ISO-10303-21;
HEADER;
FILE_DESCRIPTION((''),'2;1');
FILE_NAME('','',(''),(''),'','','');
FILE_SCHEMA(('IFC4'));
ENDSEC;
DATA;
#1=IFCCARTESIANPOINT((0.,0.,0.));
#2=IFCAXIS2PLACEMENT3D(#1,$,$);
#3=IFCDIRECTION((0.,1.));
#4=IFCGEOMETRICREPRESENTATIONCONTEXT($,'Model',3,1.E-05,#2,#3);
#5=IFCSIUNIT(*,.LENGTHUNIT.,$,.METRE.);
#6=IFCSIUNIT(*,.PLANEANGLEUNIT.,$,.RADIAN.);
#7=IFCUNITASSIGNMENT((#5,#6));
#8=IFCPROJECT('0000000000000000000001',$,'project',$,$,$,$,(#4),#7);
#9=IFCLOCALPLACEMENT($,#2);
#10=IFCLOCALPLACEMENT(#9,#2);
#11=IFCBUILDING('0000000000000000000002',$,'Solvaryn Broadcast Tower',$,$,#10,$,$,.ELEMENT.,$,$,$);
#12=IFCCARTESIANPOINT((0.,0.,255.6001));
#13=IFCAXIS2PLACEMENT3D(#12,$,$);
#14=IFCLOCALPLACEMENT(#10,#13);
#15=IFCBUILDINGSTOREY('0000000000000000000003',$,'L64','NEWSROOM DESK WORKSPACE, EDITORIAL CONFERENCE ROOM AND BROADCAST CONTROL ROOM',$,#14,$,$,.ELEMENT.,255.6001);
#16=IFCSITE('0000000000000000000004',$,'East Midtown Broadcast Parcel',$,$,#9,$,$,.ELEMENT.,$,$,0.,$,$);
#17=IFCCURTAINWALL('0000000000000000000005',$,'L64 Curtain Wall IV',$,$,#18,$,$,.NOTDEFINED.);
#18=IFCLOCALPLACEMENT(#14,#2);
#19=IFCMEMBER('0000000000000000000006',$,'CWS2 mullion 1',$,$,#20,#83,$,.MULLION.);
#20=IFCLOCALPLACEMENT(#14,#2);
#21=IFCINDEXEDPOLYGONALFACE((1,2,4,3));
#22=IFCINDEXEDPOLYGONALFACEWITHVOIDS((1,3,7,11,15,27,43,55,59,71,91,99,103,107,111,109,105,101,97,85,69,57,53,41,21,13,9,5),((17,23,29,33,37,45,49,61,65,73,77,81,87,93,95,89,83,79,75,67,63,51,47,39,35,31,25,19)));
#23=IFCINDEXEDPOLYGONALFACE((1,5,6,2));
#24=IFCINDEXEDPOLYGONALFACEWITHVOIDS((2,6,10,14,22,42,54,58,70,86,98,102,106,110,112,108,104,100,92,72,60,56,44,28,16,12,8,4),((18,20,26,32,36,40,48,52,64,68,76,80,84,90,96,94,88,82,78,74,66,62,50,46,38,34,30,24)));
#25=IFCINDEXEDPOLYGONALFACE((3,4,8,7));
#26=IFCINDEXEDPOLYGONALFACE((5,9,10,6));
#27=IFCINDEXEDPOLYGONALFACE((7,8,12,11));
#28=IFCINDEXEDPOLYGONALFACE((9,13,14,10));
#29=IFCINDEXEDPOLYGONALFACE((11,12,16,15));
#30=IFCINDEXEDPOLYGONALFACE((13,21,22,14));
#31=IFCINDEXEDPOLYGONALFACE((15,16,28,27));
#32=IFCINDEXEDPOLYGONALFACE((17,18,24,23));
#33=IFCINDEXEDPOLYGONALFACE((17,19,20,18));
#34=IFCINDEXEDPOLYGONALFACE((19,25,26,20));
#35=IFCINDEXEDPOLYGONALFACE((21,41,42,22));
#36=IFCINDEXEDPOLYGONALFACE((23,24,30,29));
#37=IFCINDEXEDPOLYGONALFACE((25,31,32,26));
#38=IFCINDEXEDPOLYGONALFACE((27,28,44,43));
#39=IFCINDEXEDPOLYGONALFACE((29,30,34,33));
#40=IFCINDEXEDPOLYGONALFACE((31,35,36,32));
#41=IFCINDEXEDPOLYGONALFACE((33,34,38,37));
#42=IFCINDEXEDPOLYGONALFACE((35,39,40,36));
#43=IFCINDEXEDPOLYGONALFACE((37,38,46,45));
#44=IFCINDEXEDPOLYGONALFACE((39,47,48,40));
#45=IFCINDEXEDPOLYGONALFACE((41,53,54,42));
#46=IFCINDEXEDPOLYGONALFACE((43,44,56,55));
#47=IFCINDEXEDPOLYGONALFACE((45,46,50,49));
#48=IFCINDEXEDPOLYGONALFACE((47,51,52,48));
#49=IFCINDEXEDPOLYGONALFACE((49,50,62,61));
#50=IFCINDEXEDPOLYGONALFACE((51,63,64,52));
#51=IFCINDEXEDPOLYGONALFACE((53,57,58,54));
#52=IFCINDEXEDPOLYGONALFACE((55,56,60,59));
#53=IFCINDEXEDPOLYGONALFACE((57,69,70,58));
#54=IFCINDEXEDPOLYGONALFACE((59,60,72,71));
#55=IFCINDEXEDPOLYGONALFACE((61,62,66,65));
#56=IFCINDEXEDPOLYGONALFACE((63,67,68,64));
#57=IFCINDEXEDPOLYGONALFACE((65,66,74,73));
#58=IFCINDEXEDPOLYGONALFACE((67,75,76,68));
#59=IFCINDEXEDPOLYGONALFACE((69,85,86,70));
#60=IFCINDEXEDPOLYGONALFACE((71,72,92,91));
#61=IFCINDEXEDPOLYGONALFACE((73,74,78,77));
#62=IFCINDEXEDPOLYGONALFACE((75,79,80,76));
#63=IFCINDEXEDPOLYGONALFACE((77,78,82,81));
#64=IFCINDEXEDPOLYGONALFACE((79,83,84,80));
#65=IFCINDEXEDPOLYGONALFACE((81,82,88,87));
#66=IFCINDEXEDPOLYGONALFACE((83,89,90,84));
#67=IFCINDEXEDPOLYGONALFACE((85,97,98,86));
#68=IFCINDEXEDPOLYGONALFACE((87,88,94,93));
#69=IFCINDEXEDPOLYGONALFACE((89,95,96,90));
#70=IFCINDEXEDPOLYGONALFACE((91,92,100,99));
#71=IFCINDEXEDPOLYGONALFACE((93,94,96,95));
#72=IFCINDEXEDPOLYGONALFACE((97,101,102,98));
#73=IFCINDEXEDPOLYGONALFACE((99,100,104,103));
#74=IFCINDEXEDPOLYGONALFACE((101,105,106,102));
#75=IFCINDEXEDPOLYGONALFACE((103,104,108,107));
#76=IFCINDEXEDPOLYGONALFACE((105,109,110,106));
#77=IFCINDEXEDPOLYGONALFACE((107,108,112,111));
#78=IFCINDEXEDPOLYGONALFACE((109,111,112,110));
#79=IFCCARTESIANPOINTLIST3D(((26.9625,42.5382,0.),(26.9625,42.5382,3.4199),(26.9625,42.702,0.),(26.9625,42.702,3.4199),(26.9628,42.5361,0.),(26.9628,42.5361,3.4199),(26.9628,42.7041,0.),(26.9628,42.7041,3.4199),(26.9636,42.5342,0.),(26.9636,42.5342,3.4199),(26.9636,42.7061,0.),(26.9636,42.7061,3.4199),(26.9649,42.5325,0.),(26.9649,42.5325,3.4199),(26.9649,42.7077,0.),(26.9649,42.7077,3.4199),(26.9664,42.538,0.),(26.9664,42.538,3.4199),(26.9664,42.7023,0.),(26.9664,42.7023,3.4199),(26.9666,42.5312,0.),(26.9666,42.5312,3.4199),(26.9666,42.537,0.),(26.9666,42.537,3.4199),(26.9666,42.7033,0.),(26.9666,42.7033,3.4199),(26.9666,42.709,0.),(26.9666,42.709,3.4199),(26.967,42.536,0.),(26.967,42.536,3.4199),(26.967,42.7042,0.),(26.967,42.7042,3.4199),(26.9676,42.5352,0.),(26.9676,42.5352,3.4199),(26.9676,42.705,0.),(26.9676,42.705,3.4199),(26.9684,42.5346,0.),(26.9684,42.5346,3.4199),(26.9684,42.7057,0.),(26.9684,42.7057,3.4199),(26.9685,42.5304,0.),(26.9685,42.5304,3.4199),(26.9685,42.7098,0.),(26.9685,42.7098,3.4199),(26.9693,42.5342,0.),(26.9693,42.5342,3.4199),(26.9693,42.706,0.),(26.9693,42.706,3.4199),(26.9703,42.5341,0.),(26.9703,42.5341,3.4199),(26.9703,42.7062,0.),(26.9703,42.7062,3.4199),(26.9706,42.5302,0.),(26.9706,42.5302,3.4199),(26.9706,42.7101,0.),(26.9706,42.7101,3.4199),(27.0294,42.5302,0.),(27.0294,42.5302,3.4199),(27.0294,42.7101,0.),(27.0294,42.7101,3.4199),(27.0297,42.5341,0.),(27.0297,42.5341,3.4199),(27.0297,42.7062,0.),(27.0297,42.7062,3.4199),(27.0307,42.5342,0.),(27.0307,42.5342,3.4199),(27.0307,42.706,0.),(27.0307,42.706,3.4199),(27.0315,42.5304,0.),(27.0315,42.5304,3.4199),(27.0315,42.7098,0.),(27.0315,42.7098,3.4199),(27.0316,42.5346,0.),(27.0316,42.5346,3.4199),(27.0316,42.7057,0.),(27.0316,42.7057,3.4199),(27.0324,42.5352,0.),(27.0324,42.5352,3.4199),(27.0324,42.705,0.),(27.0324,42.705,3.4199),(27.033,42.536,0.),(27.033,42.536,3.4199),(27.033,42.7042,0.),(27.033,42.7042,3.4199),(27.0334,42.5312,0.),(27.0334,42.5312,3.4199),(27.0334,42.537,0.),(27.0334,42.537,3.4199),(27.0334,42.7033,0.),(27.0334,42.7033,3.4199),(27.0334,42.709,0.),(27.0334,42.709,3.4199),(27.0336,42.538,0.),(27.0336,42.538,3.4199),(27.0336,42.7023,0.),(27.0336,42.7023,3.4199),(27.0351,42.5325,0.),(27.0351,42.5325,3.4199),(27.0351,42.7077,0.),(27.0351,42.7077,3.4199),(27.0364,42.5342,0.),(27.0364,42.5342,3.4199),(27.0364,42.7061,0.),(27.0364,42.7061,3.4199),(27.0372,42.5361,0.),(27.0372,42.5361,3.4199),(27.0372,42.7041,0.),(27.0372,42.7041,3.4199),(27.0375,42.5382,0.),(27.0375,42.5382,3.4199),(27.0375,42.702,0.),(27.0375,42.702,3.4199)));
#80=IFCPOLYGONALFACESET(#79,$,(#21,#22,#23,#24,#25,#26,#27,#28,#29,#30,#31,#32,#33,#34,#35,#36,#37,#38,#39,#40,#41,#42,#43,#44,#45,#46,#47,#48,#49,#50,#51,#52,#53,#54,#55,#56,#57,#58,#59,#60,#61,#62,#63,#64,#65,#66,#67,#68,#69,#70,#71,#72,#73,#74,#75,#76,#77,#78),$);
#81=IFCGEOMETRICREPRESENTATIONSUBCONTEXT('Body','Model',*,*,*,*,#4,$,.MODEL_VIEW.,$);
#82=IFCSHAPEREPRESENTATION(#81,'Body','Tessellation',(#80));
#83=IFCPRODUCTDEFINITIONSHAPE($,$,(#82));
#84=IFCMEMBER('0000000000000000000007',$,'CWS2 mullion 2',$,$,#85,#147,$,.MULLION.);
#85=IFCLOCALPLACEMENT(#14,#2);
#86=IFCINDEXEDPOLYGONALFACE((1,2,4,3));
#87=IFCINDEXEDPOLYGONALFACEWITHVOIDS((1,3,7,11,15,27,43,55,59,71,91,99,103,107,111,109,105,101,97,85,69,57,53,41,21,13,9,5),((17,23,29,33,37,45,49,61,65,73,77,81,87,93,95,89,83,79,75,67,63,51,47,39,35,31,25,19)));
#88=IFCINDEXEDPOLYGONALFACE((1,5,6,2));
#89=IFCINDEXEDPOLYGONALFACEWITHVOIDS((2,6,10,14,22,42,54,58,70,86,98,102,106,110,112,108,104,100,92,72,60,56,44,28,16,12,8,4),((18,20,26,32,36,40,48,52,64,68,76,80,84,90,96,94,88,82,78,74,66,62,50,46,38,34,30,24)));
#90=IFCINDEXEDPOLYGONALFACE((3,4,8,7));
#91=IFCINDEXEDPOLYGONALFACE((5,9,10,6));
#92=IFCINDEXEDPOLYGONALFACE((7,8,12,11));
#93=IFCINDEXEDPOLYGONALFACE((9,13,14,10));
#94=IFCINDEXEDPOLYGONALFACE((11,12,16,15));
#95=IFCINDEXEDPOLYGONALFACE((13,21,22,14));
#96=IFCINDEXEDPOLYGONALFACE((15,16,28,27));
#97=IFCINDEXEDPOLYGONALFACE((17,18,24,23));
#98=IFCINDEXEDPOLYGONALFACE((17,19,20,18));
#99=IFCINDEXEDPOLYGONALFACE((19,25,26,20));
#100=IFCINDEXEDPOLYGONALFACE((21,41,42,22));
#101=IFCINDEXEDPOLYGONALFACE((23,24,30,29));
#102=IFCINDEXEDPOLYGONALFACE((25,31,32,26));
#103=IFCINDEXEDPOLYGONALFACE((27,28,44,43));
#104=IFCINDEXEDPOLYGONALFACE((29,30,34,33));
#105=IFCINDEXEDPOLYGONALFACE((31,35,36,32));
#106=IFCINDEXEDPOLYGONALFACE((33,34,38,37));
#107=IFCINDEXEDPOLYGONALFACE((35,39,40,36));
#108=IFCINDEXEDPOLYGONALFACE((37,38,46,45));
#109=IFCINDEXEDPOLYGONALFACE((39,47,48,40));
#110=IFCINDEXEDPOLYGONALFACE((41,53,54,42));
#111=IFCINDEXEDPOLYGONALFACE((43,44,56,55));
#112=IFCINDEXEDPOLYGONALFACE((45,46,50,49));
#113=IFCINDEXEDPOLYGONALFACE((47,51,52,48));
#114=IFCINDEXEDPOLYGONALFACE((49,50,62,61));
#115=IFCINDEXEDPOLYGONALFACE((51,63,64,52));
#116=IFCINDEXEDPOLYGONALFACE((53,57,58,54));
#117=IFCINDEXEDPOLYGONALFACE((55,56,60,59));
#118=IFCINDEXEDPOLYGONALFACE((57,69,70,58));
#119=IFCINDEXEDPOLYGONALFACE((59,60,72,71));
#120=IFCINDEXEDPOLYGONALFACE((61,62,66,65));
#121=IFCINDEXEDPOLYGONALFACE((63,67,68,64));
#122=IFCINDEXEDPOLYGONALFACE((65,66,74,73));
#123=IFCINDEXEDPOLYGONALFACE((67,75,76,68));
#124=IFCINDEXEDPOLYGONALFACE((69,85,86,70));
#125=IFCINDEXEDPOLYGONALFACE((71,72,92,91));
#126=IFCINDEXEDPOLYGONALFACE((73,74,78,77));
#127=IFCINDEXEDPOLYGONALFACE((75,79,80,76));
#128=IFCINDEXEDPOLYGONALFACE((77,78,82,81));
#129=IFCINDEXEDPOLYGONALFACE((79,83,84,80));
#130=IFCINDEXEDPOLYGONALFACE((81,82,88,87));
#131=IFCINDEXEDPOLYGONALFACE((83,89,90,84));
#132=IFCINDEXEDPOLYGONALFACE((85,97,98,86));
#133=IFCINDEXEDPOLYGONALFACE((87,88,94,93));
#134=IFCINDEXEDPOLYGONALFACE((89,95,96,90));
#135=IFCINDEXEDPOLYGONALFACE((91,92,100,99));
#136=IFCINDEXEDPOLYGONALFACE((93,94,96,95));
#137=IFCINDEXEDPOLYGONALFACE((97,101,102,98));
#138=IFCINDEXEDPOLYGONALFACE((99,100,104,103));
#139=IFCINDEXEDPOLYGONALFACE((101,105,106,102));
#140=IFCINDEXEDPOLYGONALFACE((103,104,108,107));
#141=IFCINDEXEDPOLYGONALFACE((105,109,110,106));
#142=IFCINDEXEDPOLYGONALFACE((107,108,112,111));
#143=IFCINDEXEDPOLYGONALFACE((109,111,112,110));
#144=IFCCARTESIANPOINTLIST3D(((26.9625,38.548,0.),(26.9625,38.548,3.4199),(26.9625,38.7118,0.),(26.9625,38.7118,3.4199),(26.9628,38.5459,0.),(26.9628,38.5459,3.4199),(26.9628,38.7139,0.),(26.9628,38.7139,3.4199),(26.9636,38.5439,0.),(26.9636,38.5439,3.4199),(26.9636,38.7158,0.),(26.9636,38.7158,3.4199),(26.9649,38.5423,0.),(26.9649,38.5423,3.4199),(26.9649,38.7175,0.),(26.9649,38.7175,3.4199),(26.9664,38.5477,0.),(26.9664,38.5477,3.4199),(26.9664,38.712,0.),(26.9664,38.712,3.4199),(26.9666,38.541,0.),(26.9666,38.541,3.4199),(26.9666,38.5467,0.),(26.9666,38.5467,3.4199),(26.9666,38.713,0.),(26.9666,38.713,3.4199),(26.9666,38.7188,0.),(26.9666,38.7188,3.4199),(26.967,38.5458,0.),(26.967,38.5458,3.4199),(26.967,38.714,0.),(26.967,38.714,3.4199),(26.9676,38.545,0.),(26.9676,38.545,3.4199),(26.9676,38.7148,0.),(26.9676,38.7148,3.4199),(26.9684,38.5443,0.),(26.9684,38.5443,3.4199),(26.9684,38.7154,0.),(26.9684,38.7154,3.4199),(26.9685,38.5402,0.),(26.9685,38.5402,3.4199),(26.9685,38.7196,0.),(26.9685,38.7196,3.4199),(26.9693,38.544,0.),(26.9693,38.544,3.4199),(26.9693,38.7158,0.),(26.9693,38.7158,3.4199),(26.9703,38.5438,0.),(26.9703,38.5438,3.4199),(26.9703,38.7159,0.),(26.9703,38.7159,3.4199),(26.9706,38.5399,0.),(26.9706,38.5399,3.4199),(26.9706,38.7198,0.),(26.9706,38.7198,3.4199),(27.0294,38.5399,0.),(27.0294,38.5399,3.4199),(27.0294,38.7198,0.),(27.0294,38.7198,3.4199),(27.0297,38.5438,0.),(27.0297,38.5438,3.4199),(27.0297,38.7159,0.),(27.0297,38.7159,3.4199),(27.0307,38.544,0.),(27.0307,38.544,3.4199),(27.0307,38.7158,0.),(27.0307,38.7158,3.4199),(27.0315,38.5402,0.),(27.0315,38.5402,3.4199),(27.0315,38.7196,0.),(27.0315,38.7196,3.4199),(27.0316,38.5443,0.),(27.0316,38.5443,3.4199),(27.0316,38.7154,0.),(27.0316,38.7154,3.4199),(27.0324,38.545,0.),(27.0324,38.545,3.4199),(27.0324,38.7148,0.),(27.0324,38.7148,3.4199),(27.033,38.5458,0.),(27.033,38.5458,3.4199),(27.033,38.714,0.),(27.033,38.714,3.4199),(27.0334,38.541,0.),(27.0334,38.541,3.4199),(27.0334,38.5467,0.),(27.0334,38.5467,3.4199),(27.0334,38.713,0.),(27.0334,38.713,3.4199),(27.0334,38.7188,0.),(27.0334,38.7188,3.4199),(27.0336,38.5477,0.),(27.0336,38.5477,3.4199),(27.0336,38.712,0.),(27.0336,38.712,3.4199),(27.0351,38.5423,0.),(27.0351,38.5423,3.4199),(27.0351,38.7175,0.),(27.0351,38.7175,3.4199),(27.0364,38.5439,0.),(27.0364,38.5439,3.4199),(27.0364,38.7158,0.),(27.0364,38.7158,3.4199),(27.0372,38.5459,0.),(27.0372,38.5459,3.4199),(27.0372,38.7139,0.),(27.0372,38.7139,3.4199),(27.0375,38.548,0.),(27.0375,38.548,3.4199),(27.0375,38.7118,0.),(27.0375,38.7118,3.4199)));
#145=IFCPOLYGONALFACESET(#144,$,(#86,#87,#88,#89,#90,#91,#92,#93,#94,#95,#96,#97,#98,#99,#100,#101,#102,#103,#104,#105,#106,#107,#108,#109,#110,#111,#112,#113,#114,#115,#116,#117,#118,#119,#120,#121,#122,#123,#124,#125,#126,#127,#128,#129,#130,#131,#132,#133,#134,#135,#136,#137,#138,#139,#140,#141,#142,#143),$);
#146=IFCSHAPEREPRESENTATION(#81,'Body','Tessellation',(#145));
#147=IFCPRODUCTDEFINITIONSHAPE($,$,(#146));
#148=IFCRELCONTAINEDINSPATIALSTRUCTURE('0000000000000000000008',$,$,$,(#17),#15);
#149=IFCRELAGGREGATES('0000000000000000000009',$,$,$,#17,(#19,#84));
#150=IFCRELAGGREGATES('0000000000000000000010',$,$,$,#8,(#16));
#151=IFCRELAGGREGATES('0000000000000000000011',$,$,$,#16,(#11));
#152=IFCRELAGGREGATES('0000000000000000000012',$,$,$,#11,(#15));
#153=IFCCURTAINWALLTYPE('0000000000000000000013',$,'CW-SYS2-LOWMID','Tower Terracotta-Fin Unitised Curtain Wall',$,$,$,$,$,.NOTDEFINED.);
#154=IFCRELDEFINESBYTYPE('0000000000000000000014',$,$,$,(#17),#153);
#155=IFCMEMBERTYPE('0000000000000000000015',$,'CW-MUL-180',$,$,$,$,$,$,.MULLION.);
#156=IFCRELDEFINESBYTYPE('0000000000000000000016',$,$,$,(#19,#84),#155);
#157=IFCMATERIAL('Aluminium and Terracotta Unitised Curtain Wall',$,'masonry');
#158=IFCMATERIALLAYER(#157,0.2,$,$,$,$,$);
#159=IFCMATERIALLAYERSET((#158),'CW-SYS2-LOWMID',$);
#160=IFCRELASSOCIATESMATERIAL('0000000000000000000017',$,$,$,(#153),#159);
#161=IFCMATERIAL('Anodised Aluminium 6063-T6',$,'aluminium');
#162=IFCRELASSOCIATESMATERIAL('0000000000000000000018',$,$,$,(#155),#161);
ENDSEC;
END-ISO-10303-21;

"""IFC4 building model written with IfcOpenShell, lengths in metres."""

from ifc_helpers import new_model, si_unit, direction, frame, origin, origin_2d, place, context, subcontext, project, spatial, hollow_rectangle, extrude, material, layer, layer_set, material_profile, profile_set, type_object, element, aggregate, save


model = new_model("IFC4")

# Units and contexts
model_context = context("Model", 3, precision=1e-05, world=origin(), true_north=direction((0.0, 1.0)))
body_context = subcontext(model_context, "Body", "Model", "MODEL_VIEW")
ifc_project = project(units=[si_unit("LENGTHUNIT", "METRE"), si_unit("PLANEANGLEUNIT", "RADIAN")], contexts=[model_context])

# Site, building, storey
site_placement = place(None, origin())
site = spatial("IfcSite", under=ifc_project, at=site_placement, Name="East Midtown Broadcast Parcel", CompositionType="ELEMENT", RefElevation=0.0)
building_placement = place(site_placement, origin())
building = spatial("IfcBuilding", under=site, at=building_placement, Name="Solvaryn Broadcast Tower", CompositionType="ELEMENT")
storey_placement = place(building_placement, frame((0.0, 0.0, 255.6001)))
storey = spatial("IfcBuildingStorey", under=building, at=storey_placement, Name="L64", Description="NEWSROOM DESK WORKSPACE, EDITORIAL CONFERENCE ROOM AND BROADCAST CONTROL ROOM", CompositionType="ELEMENT", Elevation=255.6001)

# Curtain wall, members
ifc_material_1 = material(Name="Aluminium and Terracotta Unitised Curtain Wall", Category="masonry")
ifc_layer_1 = layer(ifc_material_1, 0.2)
ifc_layer_set_1 = layer_set([ifc_layer_1], Name="CW-SYS2-LOWMID")
curtain_wall_type = type_object("IfcCurtainWallType", Name="CW-SYS2-LOWMID", Description="Tower Terracotta-Fin Unitised Curtain Wall", PredefinedType="NOTDEFINED", material=ifc_layer_set_1)
curtain_wall_1_placement = place(storey_placement, origin())
curtain_wall_1 = element("IfcCurtainWall", 1, at=curtain_wall_1_placement, inside=storey, type_object=curtain_wall_type, Name="L64 Curtain Wall IV", PredefinedType="NOTDEFINED")
ifc_material_2 = material(Name="Anodised Aluminium 6063-T6", Category="aluminium")
ifc_material_profile_1 = material_profile(ifc_material_2, hollow_rectangle(XDim=0.075, YDim=0.1799, WallThickness=0.0039, InnerFilletRadius=0.0039, OuterFilletRadius=0.0081, at=origin_2d()))
ifc_profile_set_1 = profile_set([ifc_material_profile_1], Name="Anodised Aluminium 6063-T6")
member_type_1 = type_object("IfcMemberType", Name="CW-MUL-180", PredefinedType="MULLION", material=ifc_profile_set_1)
member_1_placement = place(storey_placement, frame((27.0, 42.6201, 0.0), z_axis=(0.0, 0.0, 1.0), x_axis=(1.0, 0.0, 0.0)))
member_1 = element("IfcMember", 2, at=member_1_placement, type_object=member_type_1, Name="CWS2 mullion 1", PredefinedType="MULLION", context=body_context, shape_type="SweptSolid", body=[
    extrude(hollow_rectangle(XDim=0.075, YDim=0.1799, WallThickness=0.0039, InnerFilletRadius=0.0039, OuterFilletRadius=0.0081, at=origin_2d()), origin(), (0.0, 0.0, 1.0), 3.4199),
])
member_2_placement = place(storey_placement, frame((27.0, 38.6299, 0.0), z_axis=(0.0, 0.0, 1.0), x_axis=(1.0, 0.0, 0.0)))
member_2 = element("IfcMember", 3, at=member_2_placement, type_object=member_type_1, Name="CWS2 mullion 2", PredefinedType="MULLION", context=body_context, shape_type="SweptSolid", body=[
    extrude(hollow_rectangle(XDim=0.075, YDim=0.1799, WallThickness=0.0039, InnerFilletRadius=0.0039, OuterFilletRadius=0.0081, at=origin_2d()), origin(), (0.0, 0.0, 1.0), 3.4199),
])

aggregate(curtain_wall_1, [member_1, member_2])

save(model, "model.ifc")
